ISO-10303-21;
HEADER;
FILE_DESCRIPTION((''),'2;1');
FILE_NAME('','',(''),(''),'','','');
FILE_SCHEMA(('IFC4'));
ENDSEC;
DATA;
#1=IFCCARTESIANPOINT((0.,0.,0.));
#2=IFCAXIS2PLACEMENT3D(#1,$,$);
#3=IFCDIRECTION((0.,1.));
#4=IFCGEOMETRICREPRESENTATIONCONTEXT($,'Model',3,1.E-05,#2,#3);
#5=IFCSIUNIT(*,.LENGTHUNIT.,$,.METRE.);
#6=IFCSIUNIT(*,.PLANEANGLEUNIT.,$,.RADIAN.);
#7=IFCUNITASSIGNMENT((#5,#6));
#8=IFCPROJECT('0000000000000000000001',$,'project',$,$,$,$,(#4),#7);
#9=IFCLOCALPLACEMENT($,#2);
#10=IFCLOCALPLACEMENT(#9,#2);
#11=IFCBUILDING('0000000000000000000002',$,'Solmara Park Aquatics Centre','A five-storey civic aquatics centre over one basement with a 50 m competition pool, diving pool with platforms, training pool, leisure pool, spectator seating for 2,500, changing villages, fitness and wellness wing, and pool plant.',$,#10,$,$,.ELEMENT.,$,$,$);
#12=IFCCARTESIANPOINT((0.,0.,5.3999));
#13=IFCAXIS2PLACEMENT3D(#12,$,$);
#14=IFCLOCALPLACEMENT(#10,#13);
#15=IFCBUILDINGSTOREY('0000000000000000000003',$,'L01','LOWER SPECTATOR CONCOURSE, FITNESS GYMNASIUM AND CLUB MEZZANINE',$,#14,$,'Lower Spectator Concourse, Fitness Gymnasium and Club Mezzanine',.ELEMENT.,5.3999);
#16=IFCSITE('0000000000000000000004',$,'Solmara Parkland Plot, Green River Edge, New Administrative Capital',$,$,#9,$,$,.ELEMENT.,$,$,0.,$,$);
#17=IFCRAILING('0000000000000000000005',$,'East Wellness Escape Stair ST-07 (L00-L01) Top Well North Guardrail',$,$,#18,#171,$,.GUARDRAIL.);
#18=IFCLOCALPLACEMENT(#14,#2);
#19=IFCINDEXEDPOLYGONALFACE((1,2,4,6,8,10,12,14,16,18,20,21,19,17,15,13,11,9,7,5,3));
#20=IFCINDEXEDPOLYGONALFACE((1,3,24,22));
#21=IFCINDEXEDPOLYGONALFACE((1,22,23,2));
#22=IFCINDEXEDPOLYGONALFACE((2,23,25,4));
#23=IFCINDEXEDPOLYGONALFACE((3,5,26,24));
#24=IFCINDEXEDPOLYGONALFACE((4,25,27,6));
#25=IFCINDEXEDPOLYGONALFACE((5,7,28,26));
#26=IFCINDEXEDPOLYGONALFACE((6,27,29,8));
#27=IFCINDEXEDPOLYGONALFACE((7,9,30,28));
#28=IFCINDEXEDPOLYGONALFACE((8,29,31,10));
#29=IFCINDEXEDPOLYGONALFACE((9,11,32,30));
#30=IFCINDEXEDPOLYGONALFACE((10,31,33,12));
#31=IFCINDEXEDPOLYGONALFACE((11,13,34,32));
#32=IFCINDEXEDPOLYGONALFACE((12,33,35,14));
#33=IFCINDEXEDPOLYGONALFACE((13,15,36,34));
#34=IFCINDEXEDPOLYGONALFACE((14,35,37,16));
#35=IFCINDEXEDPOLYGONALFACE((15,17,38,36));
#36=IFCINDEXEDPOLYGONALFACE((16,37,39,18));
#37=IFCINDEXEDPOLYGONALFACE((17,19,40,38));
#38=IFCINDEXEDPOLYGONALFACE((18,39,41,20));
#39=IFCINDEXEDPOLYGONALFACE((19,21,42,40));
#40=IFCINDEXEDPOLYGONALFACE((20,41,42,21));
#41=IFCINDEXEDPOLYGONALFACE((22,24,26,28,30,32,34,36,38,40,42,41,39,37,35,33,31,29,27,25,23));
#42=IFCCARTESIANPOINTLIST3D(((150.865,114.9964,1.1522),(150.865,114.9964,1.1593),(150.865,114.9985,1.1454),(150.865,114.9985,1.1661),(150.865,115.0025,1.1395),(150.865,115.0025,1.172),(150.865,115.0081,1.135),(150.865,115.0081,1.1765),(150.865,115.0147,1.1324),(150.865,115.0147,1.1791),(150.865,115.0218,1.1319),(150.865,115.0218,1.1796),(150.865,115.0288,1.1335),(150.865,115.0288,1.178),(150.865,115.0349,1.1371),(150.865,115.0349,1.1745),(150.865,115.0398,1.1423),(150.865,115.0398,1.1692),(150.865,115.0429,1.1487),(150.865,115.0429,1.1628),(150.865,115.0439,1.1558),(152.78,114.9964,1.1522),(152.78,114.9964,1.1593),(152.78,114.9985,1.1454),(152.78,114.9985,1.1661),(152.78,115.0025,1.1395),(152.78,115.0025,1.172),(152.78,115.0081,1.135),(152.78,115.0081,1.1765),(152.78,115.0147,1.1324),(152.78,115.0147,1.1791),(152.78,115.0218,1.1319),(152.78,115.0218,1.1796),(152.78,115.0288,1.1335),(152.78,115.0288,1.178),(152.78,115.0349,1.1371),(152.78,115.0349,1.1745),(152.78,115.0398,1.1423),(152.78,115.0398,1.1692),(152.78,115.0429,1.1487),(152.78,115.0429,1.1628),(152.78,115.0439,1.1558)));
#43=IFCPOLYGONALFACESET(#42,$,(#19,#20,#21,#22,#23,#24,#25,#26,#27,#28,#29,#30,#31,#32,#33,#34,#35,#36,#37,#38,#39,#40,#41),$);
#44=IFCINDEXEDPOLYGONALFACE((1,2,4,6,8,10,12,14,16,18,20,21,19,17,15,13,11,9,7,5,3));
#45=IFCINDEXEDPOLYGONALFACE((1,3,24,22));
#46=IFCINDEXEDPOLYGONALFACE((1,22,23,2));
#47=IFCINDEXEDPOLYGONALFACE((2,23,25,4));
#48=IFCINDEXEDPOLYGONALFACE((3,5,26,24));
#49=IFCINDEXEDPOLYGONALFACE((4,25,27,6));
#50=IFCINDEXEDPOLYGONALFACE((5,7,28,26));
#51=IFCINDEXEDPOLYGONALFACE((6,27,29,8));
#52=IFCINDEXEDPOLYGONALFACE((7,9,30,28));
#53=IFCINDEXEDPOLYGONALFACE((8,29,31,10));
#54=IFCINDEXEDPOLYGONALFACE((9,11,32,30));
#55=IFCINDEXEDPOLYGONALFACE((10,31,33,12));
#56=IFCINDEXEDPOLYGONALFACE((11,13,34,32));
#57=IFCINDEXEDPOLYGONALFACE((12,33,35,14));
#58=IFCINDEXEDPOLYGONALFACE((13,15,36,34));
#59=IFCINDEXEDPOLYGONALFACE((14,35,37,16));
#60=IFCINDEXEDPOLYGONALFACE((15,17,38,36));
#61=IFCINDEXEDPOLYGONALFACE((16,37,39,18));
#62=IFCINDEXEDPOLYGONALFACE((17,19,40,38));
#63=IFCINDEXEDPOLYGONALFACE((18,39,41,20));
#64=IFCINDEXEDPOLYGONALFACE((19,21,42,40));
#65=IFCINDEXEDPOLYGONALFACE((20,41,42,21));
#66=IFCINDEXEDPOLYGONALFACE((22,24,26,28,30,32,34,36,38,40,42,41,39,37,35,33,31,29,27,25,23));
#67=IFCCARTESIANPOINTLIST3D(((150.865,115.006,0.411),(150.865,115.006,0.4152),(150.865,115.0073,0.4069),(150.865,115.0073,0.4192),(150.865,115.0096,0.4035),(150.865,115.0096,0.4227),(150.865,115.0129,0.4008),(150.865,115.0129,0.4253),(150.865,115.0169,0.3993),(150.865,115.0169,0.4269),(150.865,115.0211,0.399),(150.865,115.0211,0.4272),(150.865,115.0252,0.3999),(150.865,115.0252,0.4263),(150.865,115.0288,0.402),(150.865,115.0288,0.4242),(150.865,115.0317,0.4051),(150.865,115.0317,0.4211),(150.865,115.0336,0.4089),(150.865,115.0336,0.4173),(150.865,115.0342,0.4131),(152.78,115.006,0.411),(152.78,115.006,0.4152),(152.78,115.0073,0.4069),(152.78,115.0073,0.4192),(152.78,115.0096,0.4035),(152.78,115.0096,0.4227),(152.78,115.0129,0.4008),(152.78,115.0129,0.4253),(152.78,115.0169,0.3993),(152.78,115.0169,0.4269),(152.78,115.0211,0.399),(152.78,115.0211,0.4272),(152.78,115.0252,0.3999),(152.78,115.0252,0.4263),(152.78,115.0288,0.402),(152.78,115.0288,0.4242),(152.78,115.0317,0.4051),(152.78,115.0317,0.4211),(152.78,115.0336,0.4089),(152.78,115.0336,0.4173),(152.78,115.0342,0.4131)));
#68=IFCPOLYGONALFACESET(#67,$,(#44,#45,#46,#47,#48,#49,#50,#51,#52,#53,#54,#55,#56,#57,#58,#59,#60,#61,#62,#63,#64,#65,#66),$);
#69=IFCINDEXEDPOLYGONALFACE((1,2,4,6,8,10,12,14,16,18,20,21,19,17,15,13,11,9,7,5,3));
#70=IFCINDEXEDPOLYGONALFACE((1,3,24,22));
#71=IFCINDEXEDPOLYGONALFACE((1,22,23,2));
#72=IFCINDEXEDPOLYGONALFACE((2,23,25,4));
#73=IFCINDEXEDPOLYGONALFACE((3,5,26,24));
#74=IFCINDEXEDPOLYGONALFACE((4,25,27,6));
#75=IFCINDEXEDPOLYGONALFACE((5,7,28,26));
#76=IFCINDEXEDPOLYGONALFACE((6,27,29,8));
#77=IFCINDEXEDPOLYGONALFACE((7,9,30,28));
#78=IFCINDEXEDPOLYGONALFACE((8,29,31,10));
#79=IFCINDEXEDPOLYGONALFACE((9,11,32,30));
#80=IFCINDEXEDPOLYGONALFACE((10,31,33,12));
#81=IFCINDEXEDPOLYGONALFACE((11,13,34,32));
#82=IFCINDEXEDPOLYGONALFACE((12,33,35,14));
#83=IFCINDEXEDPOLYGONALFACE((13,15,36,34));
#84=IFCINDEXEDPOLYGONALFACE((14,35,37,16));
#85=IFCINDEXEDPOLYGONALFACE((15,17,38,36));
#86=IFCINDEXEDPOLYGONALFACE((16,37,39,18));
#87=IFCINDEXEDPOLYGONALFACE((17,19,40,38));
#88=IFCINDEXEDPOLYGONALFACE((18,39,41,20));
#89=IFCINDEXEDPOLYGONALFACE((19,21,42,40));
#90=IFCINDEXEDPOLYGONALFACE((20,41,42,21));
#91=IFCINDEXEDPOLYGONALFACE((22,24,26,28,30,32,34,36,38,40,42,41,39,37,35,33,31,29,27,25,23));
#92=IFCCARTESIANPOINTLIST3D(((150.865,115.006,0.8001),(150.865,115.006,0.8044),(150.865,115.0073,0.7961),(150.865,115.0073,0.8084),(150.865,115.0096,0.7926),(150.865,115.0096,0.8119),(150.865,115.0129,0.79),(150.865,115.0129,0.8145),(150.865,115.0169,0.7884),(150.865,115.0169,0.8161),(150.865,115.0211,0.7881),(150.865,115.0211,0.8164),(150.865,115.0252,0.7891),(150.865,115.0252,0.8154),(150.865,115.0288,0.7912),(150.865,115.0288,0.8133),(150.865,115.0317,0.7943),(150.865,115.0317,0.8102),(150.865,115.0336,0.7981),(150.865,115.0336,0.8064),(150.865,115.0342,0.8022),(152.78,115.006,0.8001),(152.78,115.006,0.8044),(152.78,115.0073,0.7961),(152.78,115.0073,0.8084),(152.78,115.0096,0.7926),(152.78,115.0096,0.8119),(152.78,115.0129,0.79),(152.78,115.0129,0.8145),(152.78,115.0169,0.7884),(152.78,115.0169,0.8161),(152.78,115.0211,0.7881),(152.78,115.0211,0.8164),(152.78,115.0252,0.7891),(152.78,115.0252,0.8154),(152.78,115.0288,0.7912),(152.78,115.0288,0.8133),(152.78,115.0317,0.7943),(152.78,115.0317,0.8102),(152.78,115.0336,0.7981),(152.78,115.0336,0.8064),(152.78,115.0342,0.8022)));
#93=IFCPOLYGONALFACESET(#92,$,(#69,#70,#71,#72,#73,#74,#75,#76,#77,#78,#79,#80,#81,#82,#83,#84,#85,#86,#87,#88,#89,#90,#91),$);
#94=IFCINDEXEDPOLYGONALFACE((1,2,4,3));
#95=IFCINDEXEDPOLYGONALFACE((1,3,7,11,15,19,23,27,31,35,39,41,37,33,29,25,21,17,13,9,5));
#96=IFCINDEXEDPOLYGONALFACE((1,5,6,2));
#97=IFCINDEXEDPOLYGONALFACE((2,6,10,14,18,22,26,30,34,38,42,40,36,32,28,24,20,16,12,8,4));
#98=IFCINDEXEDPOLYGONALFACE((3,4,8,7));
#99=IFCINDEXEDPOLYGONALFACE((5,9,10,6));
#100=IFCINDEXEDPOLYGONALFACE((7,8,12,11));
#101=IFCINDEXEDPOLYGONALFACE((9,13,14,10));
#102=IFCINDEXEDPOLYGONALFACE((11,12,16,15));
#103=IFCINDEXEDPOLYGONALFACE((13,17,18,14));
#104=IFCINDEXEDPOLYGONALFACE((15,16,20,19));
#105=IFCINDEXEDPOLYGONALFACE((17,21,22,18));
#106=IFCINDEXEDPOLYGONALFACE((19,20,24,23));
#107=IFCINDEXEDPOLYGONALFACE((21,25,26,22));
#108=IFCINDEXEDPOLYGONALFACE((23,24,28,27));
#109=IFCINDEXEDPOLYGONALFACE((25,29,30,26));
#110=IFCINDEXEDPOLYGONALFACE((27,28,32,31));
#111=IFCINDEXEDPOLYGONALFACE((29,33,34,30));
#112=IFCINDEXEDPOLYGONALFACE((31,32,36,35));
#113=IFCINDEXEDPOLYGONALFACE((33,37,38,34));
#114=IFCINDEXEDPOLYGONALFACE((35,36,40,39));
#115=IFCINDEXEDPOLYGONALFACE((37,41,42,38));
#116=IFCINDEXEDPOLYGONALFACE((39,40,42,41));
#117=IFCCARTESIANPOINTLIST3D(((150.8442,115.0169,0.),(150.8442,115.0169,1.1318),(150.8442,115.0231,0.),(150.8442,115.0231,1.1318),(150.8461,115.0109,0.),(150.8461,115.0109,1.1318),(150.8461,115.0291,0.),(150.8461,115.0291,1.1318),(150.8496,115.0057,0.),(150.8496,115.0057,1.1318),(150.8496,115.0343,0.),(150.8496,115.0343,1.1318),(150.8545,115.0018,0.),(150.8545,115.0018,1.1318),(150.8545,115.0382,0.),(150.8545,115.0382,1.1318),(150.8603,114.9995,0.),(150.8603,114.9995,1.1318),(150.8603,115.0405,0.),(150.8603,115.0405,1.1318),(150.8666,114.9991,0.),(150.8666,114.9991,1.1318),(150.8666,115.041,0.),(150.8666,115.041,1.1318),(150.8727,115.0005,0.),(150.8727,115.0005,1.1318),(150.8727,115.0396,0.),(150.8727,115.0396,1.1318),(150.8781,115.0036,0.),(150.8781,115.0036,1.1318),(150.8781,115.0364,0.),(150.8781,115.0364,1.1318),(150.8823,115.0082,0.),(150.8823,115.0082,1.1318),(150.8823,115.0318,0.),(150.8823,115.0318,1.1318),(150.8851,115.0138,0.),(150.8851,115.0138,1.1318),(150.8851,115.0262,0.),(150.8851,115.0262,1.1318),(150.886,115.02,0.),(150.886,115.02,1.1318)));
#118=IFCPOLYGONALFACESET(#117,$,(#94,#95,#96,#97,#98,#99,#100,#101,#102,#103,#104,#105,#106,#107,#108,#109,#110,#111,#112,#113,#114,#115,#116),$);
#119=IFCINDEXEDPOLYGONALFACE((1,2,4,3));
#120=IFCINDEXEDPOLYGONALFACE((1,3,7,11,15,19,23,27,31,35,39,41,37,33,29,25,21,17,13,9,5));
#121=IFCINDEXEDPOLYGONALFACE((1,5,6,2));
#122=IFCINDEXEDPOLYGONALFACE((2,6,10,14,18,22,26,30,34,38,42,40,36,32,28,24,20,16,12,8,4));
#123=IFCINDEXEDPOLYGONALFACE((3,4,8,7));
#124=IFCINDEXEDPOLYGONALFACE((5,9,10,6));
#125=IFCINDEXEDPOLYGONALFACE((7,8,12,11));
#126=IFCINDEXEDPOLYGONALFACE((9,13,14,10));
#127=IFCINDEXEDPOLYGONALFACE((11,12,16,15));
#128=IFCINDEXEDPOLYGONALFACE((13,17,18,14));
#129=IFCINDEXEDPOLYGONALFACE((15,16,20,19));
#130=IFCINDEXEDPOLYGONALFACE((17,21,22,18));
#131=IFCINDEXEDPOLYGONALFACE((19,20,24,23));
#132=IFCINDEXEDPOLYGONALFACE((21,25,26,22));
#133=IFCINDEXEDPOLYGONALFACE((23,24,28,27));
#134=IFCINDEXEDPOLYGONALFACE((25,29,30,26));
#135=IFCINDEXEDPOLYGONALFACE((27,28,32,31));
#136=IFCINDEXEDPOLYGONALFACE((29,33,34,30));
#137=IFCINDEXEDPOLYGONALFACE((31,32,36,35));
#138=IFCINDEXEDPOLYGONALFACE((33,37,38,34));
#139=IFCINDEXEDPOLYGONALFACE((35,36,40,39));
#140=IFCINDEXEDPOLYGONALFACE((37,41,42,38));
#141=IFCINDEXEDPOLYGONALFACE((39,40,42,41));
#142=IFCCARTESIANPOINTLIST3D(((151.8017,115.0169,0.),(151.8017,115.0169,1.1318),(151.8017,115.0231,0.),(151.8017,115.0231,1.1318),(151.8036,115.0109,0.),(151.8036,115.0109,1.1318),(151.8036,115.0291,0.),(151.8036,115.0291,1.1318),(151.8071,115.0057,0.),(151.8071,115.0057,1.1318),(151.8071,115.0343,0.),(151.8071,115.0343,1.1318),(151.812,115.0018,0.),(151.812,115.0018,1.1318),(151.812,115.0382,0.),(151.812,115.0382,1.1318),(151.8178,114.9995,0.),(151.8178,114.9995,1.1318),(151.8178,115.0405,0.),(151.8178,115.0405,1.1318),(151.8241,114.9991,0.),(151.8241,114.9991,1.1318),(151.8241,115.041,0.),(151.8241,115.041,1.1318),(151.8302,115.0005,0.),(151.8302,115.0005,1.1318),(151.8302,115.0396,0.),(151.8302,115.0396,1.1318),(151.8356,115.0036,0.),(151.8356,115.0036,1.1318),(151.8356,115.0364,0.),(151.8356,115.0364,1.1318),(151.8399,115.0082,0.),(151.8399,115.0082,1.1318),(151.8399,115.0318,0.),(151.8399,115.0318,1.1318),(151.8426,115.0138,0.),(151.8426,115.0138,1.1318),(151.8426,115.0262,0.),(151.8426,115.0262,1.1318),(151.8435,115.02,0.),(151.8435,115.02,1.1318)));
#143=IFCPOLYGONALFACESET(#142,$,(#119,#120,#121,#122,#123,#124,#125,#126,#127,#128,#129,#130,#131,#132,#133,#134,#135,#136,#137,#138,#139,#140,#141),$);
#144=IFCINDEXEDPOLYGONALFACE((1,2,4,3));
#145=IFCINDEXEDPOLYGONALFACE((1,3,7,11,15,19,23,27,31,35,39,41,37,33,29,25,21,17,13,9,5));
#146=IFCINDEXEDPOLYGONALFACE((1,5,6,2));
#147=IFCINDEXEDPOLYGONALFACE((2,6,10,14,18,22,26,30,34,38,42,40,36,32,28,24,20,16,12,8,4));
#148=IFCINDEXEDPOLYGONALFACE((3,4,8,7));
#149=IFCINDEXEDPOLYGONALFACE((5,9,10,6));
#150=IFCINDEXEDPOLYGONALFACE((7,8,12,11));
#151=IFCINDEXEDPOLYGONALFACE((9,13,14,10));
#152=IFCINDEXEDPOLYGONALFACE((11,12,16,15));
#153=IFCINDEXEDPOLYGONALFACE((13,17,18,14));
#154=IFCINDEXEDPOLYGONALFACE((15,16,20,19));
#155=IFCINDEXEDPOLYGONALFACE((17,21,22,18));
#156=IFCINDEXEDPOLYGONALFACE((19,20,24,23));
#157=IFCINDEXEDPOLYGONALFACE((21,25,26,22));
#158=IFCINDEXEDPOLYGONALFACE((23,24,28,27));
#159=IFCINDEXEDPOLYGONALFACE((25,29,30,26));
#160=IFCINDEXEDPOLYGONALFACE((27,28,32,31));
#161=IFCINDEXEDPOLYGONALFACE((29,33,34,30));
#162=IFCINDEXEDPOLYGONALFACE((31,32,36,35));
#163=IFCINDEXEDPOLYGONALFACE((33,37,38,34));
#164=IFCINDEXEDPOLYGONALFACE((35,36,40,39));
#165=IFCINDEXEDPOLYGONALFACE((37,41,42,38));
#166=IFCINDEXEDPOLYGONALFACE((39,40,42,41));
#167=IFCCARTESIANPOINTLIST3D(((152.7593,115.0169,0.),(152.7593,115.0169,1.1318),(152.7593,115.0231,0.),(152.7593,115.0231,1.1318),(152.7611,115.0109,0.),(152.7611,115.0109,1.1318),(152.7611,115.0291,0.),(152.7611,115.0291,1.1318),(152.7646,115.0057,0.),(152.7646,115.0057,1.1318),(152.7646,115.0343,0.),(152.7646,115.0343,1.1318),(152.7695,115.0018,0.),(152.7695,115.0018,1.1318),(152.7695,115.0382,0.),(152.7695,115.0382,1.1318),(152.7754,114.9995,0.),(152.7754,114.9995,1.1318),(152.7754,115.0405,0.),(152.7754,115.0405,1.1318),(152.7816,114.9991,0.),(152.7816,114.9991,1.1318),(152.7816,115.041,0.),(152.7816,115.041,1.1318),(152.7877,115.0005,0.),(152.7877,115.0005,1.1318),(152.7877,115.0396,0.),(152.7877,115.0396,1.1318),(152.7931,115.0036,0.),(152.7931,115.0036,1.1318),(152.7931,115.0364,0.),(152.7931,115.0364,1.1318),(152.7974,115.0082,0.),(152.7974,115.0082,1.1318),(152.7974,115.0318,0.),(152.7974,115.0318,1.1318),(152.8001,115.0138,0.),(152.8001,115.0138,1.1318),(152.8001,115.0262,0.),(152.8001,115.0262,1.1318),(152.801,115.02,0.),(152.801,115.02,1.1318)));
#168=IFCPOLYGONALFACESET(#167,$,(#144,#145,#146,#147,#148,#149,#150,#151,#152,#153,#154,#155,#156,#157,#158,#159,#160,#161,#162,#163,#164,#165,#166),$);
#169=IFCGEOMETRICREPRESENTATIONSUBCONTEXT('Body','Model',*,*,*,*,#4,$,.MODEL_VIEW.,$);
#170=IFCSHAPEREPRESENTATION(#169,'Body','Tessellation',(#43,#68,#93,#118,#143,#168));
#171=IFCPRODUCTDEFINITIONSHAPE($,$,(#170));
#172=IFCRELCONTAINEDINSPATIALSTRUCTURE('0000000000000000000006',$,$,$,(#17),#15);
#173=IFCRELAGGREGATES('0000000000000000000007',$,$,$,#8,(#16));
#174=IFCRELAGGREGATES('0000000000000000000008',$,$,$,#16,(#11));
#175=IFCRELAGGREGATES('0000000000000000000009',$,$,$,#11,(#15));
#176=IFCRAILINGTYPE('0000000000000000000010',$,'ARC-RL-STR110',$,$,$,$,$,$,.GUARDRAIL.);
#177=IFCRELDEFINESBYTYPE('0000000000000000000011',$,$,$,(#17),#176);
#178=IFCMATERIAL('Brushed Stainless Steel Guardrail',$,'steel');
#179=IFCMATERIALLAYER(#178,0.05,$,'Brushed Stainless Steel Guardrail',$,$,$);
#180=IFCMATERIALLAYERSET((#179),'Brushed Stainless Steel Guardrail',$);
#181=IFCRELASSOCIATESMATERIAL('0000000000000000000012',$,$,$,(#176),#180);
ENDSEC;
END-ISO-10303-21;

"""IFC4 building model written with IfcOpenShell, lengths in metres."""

from ifc_helpers import new_model, si_unit, direction, frame, origin, origin_2d, place, context, subcontext, project, spatial, circle, extrude, material, layer, layer_set, type_object, element, save


model = new_model("IFC4")

# Units and contexts
model_context = context("Model", 3, precision=1e-05, world=origin(), true_north=direction((0.0, 1.0)))
body_context = subcontext(model_context, "Body", "Model", "MODEL_VIEW")
ifc_project = project(units=[si_unit("LENGTHUNIT", "METRE"), si_unit("PLANEANGLEUNIT", "RADIAN")], contexts=[model_context])

# Site, building, storey
site_placement = place(None, origin())
site = spatial("IfcSite", under=ifc_project, at=site_placement, Name="Solmara Parkland Plot, Green River Edge, New Administrative Capital", CompositionType="ELEMENT", RefElevation=0.0)
building_placement = place(site_placement, origin())
building = spatial("IfcBuilding", under=site, at=building_placement, Name="Solmara Park Aquatics Centre", Description="A five-storey civic aquatics centre over one basement with a 50 m competition pool, diving pool with platforms, training pool, leisure pool, spectator seating for 2,500, changing villages, fitness and wellness wing, and pool plant.", CompositionType="ELEMENT")
storey_placement = place(building_placement, frame((0.0, 0.0, 5.3999)))
storey = spatial("IfcBuildingStorey", under=building, at=storey_placement, Name="L01", Description="LOWER SPECTATOR CONCOURSE, FITNESS GYMNASIUM AND CLUB MEZZANINE", LongName="Lower Spectator Concourse, Fitness Gymnasium and Club Mezzanine", CompositionType="ELEMENT", Elevation=5.3999)

# Railing
ifc_material_1 = material(Name="Brushed Stainless Steel Guardrail", Category="steel")
ifc_layer_1 = layer(ifc_material_1, 0.05, Name="Brushed Stainless Steel Guardrail")
ifc_layer_set_1 = layer_set([ifc_layer_1], Name="Brushed Stainless Steel Guardrail")
railing_type_1 = type_object("IfcRailingType", Name="ARC-RL-STR110", PredefinedType="GUARDRAIL", material=ifc_layer_set_1)
railing_1_placement = place(storey_placement, frame((150.865, 115.02, 0.0)))
element("IfcRailing", 1, at=railing_1_placement, inside=storey, type_object=railing_type_1, Name="East Wellness Escape Stair ST-07 (L00-L01) Top Well North Guardrail", PredefinedType="GUARDRAIL", context=body_context, shape_type="SweptSolid", body=[
    extrude(circle(Radius=0.0239, at=origin_2d()), frame((0.0, 0.0, 1.1558), z_axis=(1.0, 0.0, 0.0), x_axis=(0.0, 1.0, 0.0)), (0.0, 0.0, 1.0), 1.915),
    extrude(circle(Radius=0.0142, at=origin_2d()), frame((0.0, 0.0, 0.4131), z_axis=(1.0, 0.0, 0.0), x_axis=(0.0, 1.0, 0.0)), (0.0, 0.0, 1.0), 1.915),
    extrude(circle(Radius=0.0142, at=origin_2d()), frame((0.0, 0.0, 0.8022), z_axis=(1.0, 0.0, 0.0), x_axis=(0.0, 1.0, 0.0)), (0.0, 0.0, 1.0), 1.915),
    extrude(circle(Radius=0.021, at=origin_2d()), origin(), (0.0, 0.0, 1.0), 1.1318),
    extrude(circle(Radius=0.021, at=origin_2d()), frame((0.9575, 0.0, 0.0)), (0.0, 0.0, 1.0), 1.1318),
    extrude(circle(Radius=0.021, at=origin_2d()), frame((1.915, 0.0, 0.0)), (0.0, 0.0, 1.0), 1.1318),
])

save(model, "model.ifc")
